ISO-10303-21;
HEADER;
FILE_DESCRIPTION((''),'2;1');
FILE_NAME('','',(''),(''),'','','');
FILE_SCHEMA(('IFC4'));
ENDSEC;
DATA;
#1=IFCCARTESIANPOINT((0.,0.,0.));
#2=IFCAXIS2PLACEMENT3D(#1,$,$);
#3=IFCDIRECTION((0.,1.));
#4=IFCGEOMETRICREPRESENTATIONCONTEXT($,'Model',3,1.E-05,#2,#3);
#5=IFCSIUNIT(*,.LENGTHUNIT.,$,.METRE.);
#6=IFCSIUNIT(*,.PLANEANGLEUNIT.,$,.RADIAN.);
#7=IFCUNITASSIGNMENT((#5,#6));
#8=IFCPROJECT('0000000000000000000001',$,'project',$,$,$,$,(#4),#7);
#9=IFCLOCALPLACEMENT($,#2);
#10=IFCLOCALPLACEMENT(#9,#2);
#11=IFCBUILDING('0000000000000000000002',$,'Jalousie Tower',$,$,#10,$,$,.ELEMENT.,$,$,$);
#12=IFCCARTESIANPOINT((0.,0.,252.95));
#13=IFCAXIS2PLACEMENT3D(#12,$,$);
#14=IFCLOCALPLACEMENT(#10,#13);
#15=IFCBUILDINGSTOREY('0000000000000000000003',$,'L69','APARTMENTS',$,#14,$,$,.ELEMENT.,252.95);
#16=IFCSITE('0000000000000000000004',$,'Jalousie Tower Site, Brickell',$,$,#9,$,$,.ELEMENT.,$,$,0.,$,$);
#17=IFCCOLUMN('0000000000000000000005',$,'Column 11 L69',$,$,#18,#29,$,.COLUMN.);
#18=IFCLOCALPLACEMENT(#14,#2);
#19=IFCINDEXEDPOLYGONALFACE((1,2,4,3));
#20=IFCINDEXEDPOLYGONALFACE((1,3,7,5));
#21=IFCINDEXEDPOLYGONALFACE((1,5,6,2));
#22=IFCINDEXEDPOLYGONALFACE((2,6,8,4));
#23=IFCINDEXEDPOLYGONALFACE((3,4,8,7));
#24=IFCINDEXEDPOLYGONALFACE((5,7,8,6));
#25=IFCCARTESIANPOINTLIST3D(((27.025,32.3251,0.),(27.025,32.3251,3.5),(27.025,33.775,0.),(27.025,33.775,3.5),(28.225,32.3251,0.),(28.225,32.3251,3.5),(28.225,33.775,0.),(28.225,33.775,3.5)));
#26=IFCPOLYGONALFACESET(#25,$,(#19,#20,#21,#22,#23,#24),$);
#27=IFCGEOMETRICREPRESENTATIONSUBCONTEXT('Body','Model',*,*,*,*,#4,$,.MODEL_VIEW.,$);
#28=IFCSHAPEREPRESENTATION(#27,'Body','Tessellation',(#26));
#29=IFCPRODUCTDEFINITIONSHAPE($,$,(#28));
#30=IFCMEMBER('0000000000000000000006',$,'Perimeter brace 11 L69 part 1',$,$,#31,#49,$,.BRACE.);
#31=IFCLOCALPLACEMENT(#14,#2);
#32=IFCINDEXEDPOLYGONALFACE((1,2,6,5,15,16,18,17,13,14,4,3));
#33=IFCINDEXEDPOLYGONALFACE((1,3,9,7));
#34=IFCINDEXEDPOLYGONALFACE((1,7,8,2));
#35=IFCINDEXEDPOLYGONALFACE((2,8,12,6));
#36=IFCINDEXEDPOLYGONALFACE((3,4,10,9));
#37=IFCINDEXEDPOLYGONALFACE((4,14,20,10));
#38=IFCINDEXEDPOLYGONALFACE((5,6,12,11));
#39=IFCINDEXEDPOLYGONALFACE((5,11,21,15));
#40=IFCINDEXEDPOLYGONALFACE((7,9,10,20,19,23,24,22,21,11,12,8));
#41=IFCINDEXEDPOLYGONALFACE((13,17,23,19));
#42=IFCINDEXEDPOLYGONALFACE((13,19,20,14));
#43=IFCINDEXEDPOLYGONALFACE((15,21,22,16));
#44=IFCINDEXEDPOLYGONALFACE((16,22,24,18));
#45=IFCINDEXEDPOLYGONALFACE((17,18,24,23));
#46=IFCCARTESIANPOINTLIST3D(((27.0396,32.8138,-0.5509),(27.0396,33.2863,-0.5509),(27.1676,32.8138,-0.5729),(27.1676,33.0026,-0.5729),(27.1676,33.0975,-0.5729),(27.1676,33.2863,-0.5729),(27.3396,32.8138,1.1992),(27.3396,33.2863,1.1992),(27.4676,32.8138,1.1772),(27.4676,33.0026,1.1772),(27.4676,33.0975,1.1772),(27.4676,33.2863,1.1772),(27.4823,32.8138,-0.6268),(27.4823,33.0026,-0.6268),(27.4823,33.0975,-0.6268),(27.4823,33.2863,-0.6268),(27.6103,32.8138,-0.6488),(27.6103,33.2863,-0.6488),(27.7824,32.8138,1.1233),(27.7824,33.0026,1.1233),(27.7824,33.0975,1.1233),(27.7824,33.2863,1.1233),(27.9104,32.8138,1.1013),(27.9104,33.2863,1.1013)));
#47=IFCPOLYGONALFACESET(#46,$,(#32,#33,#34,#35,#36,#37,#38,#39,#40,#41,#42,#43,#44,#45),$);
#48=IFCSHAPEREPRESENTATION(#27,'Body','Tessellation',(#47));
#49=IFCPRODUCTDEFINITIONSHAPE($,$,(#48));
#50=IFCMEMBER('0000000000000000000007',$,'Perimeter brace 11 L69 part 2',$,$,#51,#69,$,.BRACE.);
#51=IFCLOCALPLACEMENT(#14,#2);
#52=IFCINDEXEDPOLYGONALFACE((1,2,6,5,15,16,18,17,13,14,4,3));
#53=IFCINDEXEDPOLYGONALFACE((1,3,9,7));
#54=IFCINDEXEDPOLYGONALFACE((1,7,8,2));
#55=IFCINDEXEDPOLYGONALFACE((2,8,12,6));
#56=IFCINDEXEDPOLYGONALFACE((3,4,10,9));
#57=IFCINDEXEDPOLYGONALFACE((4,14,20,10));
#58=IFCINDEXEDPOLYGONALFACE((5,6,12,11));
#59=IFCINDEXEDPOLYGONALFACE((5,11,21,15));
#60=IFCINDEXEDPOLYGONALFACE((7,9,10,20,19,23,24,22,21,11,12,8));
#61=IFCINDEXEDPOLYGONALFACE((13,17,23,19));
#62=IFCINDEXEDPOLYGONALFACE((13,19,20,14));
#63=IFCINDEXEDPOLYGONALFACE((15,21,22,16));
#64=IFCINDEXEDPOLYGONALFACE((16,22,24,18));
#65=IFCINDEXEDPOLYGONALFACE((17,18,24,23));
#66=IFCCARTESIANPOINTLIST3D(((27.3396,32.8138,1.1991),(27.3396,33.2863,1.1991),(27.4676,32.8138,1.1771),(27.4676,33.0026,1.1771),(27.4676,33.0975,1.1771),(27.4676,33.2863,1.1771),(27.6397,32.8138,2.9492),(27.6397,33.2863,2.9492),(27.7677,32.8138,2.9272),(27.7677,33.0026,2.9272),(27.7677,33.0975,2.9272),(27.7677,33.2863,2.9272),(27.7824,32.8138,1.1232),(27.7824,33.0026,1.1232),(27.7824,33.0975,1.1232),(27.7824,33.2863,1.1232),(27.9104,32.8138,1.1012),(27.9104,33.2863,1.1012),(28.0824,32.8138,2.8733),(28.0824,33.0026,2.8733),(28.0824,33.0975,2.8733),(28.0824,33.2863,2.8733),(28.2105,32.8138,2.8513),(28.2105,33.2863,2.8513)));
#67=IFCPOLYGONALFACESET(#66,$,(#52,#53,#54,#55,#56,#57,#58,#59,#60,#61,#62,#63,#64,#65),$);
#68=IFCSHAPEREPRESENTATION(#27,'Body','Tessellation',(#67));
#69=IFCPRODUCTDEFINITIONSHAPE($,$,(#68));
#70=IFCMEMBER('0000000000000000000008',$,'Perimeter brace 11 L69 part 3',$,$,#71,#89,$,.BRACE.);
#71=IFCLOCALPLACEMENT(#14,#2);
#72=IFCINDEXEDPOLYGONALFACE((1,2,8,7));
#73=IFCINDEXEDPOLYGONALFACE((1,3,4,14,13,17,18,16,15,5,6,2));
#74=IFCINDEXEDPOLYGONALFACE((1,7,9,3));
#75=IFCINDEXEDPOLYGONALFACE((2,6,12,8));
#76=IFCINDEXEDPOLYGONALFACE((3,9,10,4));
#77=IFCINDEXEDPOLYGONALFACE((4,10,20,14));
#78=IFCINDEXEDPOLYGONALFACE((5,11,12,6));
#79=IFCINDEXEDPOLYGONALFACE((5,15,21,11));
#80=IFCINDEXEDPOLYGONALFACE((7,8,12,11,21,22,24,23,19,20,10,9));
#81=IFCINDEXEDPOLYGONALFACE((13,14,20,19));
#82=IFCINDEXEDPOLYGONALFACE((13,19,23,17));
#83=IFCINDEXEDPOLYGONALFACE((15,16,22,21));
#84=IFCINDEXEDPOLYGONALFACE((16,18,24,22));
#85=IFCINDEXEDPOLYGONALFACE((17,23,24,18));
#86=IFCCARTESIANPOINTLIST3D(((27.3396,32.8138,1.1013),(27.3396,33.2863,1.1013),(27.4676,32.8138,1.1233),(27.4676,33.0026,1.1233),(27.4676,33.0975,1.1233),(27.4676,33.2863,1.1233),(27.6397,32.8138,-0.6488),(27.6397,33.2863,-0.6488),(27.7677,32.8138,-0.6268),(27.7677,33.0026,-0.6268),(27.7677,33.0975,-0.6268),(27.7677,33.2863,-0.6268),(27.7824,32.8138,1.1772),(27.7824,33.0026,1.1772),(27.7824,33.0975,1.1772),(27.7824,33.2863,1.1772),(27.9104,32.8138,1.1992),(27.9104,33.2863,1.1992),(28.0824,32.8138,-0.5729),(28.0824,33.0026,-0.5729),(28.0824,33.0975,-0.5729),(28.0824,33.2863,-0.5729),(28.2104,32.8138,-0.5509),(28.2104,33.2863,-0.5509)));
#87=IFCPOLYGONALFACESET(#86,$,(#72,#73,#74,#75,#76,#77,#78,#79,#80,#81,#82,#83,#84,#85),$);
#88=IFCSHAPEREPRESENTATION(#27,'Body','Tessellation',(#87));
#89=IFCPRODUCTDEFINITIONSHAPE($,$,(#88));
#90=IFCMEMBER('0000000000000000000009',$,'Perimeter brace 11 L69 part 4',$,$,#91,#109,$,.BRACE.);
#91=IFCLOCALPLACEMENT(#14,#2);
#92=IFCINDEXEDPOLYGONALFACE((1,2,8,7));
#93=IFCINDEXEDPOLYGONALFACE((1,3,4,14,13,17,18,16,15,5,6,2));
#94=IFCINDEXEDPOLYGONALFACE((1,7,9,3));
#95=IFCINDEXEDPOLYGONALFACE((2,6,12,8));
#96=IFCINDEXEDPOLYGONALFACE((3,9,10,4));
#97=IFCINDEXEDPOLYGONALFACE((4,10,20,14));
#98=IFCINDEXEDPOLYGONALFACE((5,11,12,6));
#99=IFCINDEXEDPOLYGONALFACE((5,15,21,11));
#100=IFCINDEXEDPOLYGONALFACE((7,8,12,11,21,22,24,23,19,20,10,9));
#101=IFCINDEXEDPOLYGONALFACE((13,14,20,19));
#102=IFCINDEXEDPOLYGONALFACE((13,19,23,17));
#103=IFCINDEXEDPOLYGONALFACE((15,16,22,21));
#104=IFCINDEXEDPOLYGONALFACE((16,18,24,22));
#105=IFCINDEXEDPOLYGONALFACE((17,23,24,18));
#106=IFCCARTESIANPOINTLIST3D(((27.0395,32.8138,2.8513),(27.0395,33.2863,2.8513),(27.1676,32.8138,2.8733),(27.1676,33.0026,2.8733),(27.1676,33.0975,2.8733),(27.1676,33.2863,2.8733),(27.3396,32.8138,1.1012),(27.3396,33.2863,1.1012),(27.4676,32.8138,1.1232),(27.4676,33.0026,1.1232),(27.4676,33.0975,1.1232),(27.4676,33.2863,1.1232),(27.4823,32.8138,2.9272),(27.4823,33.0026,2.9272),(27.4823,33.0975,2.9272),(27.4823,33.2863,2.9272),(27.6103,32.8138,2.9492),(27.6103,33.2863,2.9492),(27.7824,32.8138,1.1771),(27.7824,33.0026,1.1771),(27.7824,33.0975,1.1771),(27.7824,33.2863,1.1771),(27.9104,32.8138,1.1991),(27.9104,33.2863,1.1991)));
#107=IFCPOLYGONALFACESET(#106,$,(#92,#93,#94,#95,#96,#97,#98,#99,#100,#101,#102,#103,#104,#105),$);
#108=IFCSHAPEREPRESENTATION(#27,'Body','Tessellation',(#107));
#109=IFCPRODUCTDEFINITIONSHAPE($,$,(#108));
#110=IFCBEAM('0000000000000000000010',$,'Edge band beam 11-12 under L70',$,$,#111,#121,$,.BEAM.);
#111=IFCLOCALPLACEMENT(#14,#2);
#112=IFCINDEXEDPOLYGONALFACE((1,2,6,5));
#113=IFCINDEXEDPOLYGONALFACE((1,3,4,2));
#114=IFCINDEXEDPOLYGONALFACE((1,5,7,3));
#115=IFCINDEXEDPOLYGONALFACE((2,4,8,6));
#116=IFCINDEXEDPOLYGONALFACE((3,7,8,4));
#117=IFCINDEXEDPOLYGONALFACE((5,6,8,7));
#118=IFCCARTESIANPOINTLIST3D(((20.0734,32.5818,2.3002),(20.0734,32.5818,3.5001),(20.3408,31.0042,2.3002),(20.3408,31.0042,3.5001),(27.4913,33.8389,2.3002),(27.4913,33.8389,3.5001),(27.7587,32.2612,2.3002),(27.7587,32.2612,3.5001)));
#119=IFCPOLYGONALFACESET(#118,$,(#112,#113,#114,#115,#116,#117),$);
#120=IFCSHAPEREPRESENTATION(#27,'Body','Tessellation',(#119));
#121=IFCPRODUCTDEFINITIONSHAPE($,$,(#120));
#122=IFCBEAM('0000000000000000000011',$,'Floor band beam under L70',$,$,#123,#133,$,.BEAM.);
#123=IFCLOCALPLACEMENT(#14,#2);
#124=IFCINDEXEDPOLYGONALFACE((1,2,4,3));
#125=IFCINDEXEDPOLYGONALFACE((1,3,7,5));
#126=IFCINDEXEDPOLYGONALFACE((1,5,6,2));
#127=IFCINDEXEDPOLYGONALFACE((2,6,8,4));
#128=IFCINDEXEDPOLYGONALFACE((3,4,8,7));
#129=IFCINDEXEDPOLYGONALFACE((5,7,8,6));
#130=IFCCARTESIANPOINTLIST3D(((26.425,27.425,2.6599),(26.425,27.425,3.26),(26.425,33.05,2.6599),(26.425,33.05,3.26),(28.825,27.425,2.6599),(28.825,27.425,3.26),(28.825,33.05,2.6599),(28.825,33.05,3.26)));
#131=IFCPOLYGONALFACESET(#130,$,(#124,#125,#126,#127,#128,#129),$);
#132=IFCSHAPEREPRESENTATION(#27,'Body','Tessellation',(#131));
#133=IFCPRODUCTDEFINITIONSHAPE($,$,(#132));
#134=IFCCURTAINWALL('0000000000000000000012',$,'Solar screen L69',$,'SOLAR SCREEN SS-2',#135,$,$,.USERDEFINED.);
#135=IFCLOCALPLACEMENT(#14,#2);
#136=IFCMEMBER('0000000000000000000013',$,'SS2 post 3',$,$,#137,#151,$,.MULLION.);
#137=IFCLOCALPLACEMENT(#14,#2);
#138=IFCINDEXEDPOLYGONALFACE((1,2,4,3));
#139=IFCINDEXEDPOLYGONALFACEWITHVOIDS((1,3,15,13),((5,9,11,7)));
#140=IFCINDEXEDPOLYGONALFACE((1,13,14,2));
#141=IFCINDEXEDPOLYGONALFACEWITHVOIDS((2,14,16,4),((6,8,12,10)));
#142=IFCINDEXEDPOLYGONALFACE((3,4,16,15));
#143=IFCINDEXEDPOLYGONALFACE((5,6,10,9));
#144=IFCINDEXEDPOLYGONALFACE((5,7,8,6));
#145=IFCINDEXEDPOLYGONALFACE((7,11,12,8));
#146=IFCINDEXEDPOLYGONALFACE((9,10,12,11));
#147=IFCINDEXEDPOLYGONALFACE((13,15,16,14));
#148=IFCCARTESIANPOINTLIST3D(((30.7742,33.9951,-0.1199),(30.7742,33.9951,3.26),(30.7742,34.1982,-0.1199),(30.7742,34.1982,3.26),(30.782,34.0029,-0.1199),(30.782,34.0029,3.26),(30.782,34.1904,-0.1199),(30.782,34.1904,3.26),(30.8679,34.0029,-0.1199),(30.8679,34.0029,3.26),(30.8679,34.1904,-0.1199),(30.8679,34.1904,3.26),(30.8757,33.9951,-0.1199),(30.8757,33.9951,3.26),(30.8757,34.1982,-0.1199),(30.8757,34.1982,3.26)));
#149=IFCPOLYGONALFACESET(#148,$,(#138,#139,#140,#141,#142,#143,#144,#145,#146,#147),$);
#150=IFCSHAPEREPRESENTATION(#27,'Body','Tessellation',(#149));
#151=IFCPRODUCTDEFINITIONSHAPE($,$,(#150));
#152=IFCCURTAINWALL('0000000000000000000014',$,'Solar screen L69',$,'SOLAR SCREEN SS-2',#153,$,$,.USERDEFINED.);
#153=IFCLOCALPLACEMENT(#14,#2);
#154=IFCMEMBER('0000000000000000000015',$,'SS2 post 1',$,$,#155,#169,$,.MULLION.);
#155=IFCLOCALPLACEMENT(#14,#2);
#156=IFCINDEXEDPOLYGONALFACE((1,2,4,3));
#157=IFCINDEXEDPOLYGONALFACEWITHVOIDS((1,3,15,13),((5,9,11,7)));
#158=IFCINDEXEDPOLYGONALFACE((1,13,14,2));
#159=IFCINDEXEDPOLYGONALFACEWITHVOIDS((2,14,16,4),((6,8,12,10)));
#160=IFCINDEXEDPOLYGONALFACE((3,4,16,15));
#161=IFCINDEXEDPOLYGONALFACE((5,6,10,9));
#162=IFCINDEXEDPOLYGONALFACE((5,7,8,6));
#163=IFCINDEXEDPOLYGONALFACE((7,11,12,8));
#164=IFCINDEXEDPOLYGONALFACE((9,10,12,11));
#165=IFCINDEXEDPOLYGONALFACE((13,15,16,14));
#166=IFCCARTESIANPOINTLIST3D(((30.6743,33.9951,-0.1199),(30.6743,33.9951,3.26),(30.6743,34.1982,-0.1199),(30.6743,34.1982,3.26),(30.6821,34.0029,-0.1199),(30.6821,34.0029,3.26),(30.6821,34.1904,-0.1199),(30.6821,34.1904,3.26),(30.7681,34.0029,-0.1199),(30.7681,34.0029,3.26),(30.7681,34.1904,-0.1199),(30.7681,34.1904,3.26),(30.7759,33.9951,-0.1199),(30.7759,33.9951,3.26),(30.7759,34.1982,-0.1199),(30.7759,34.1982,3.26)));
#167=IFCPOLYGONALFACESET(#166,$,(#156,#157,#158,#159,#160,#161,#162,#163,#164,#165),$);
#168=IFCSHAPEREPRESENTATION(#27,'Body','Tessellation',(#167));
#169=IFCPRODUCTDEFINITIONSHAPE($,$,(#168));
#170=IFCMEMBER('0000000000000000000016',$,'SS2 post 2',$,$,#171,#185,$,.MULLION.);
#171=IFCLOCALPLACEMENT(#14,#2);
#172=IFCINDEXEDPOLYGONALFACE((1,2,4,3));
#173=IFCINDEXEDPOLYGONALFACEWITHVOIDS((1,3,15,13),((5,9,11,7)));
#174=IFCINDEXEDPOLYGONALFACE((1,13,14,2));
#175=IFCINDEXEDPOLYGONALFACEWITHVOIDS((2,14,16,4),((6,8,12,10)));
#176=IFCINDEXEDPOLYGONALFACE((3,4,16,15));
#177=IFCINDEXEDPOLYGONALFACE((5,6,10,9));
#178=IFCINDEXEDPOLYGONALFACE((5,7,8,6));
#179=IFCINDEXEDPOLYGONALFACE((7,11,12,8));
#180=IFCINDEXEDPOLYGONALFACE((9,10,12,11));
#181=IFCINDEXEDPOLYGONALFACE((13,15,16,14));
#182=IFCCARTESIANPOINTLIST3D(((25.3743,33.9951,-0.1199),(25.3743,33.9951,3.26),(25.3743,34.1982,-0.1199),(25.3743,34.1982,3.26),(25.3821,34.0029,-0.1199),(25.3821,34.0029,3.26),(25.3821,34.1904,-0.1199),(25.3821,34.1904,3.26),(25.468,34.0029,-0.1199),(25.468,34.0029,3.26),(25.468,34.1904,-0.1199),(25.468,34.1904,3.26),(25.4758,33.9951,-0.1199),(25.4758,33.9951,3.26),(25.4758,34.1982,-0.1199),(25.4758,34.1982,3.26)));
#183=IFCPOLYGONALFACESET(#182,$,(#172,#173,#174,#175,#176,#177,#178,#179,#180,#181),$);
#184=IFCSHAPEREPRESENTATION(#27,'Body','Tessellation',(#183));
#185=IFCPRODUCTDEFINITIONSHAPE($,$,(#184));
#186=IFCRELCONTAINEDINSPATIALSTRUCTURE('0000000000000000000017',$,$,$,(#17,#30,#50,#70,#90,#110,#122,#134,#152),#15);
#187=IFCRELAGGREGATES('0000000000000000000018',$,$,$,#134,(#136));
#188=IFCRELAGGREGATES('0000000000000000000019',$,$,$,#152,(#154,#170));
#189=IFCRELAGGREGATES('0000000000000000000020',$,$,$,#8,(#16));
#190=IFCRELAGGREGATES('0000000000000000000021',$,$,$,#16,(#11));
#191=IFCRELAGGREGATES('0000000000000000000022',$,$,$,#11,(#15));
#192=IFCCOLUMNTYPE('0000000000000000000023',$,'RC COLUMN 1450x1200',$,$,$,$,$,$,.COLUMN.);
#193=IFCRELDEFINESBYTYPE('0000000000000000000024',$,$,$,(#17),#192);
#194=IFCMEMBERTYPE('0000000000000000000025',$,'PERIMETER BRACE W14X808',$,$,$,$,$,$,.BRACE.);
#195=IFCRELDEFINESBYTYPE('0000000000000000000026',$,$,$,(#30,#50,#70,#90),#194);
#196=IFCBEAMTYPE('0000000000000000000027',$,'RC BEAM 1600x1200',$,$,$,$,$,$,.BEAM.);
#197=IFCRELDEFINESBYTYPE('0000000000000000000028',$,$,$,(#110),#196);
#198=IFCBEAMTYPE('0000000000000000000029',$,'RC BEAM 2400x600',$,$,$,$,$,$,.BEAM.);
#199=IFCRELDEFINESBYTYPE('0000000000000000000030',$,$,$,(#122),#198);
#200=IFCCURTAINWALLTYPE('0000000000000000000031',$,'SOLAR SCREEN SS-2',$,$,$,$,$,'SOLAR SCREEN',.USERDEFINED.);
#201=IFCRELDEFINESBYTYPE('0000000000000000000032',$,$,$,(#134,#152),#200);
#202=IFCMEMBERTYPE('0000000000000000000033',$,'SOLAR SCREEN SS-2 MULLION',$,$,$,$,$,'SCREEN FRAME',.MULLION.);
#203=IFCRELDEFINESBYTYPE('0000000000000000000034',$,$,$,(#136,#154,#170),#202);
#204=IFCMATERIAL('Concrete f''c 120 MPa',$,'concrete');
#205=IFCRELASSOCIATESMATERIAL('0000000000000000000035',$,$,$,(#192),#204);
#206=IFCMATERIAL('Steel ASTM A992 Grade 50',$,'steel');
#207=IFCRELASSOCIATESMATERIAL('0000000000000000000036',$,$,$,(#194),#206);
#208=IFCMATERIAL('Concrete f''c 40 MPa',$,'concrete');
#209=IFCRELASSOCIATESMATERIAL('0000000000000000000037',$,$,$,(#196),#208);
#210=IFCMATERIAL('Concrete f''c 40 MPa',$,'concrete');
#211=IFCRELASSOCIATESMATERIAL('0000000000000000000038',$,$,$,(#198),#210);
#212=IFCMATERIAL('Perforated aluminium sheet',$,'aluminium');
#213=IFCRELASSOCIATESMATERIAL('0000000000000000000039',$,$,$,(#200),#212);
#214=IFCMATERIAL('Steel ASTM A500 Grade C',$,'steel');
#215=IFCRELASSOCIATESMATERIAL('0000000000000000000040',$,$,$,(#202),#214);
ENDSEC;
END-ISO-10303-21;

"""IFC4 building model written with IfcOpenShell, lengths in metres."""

from ifc_helpers import new_model, si_unit, direction, frame, origin, origin_2d, place, context, subcontext, project, spatial, rectangle, hollow_rectangle, i_section, extrude, material, material_profile, profile_set, type_object, element, aggregate, save


model = new_model("IFC4")

# Units and contexts
model_context = context("Model", 3, precision=1e-05, world=origin(), true_north=direction((0.0, 1.0)))
body_context = subcontext(model_context, "Body", "Model", "MODEL_VIEW")
ifc_project = project(units=[si_unit("LENGTHUNIT", "METRE"), si_unit("PLANEANGLEUNIT", "RADIAN")], contexts=[model_context])

# Site, building, storey
site_placement = place(None, origin())
site = spatial("IfcSite", under=ifc_project, at=site_placement, Name="Jalousie Tower Site, Brickell", CompositionType="ELEMENT", RefElevation=0.0)
building_placement = place(site_placement, origin())
building = spatial("IfcBuilding", under=site, at=building_placement, Name="Jalousie Tower", CompositionType="ELEMENT")
storey_placement = place(building_placement, frame((0.0, 0.0, 252.95)))
storey = spatial("IfcBuildingStorey", under=building, at=storey_placement, Name="L69", Description="APARTMENTS", CompositionType="ELEMENT", Elevation=252.95)

# Column
ifc_material_1 = material(Name="Concrete f'c 120 MPa", Category="concrete")
ifc_material_profile_1 = material_profile(ifc_material_1, rectangle(XDim=1.45, YDim=1.2, at=origin_2d()), Name="RC 1450x1200")
ifc_profile_set_1 = profile_set([ifc_material_profile_1], Name="Concrete f'c 120 MPa")
column_type = type_object("IfcColumnType", Name="RC COLUMN 1450x1200", PredefinedType="COLUMN", material=ifc_profile_set_1)
column_placement = place(storey_placement, frame((27.625, 33.05, 0.0), z_axis=(0.0, 0.0, 1.0), x_axis=(0.0, 1.0, 0.0)))
element("IfcColumn", 1, at=column_placement, inside=storey, type_object=column_type, Name="Column 11 L69", PredefinedType="COLUMN", context=body_context, shape_type="SweptSolid", body=[
    extrude(rectangle(XDim=1.45, YDim=1.2, at=origin_2d()), origin(), (0.0, 0.0, 1.0), 3.5),
])

# Members
ifc_material_2 = material(Name="Steel ASTM A992 Grade 50", Category="steel")
ifc_material_profile_2 = material_profile(ifc_material_2, i_section(OverallWidth=0.4724, OverallDepth=0.5791, WebThickness=0.095, FlangeThickness=0.1299, at=origin_2d()), Name="W14X808")
ifc_profile_set_2 = profile_set([ifc_material_profile_2], Name="Steel ASTM A992 Grade 50")
member_type_1 = type_object("IfcMemberType", Name="PERIMETER BRACE W14X808", PredefinedType="BRACE", material=ifc_profile_set_2)
for number, where, z_axis, x_axis, name in (
    (2, (27.325, 33.05, -0.5999), (0.168991, 0.0, 0.985618), (0.0, 1.0, 0.0), "Perimeter brace 11 L69 part 1"),
    (3, (27.625, 33.05, 1.1501), (0.168991, 0.0, 0.985618), (0.0, 1.0, 0.0), "Perimeter brace 11 L69 part 2"),
    (4, (27.925, 33.05, -0.5999), (-0.168991, 0.0, 0.985618), (0.0, -1.0, 0.0), "Perimeter brace 11 L69 part 3"),
    (5, (27.625, 33.05, 1.1501), (-0.168991, 0.0, 0.985618), (0.0, -1.0, 0.0), "Perimeter brace 11 L69 part 4"),
):
    element("IfcMember", number, at=place(storey_placement, frame(where, z_axis=z_axis, x_axis=x_axis)), inside=storey, type_object=member_type_1, Name=name, PredefinedType="BRACE", context=body_context, shape_type="SweptSolid", body=[
        extrude(i_section(OverallWidth=0.4724, OverallDepth=0.5791, WebThickness=0.095, FlangeThickness=0.1299, at=origin_2d()), origin(), (0.0, 0.0, 1.0), 1.7756),
    ])

# Beams
ifc_material_3 = material(Name="Concrete f'c 40 MPa", Category="concrete")
ifc_material_profile_3 = material_profile(ifc_material_3, rectangle(XDim=1.6001, YDim=1.2, at=origin_2d()), Name="RC 1600x1200")
ifc_profile_set_3 = profile_set([ifc_material_profile_3], Name="Concrete f'c 40 MPa")
beam_type_1 = type_object("IfcBeamType", Name="RC BEAM 1600x1200", PredefinedType="BEAM", material=ifc_profile_set_3)
beam_1_placement = place(storey_placement, frame((27.625, 33.05, 2.9001), z_axis=(-0.985943, -0.167082, 0.0), x_axis=(0.167082, -0.985943, 0.0)))
element("IfcBeam", 6, at=beam_1_placement, inside=storey, type_object=beam_type_1, Name="Edge band beam 11-12 under L70", PredefinedType="BEAM", context=body_context, shape_type="SweptSolid", body=[
    extrude(rectangle(XDim=1.6001, YDim=1.2, at=origin_2d()), origin(), (0.0, 0.0, 1.0), 7.5237),
])
ifc_material_4 = material(Name="Concrete f'c 40 MPa", Category="concrete")
ifc_material_profile_4 = material_profile(ifc_material_4, rectangle(XDim=2.3999, YDim=0.6001, at=origin_2d()), Name="RC 2400x600")
ifc_profile_set_4 = profile_set([ifc_material_profile_4], Name="Concrete f'c 40 MPa")
beam_type_2 = type_object("IfcBeamType", Name="RC BEAM 2400x600", PredefinedType="BEAM", material=ifc_profile_set_4)
beam_2_placement = place(storey_placement, frame((27.625, 33.05, 2.96), z_axis=(0.0, -1.0, 0.0), x_axis=(1.0, 0.0, 0.0)))
element("IfcBeam", 7, at=beam_2_placement, inside=storey, type_object=beam_type_2, Name="Floor band beam under L70", PredefinedType="BEAM", context=body_context, shape_type="SweptSolid", body=[
    extrude(rectangle(XDim=2.3999, YDim=0.6001, at=origin_2d()), origin(), (0.0, 0.0, 1.0), 5.625),
])

# Curtain wall, member
ifc_material_5 = material(Name="Perforated aluminium sheet", Category="aluminium")
curtain_wall_type = type_object("IfcCurtainWallType", Name="SOLAR SCREEN SS-2", ElementType="SOLAR SCREEN", PredefinedType="USERDEFINED", material=ifc_material_5)
curtain_wall_1_placement = place(storey_placement, origin())
curtain_wall_1 = element("IfcCurtainWall", 8, at=curtain_wall_1_placement, inside=storey, type_object=curtain_wall_type, Name="Solar screen L69", ObjectType="SOLAR SCREEN SS-2", PredefinedType="USERDEFINED")
ifc_material_6 = material(Name="Steel ASTM A500 Grade C", Category="steel")
ifc_material_profile_5 = material_profile(ifc_material_6, hollow_rectangle(XDim=0.1016, YDim=0.2031, WallThickness=0.0078, at=origin_2d()), Name="HSS8X4X5/16")
ifc_profile_set_5 = profile_set([ifc_material_profile_5], Name="Steel ASTM A500 Grade C")
member_type_2 = type_object("IfcMemberType", Name="SOLAR SCREEN SS-2 MULLION", ElementType="SCREEN FRAME", PredefinedType="MULLION", material=ifc_profile_set_5)
member_1_placement = place(storey_placement, frame((30.825, 34.0967, -0.1199), z_axis=(0.0, 0.0, 1.0), x_axis=(-1.0, 0.0, 0.0)))
member_1 = element("IfcMember", 9, at=member_1_placement, type_object=member_type_2, Name="SS2 post 3", PredefinedType="MULLION", context=body_context, shape_type="SweptSolid", body=[
    extrude(hollow_rectangle(XDim=0.1016, YDim=0.2031, WallThickness=0.0078, at=origin_2d()), origin(), (0.0, 0.0, 1.0), 3.3799),
])

# Curtain wall, members
curtain_wall_2_placement = place(storey_placement, origin())
curtain_wall_2 = element("IfcCurtainWall", 10, at=curtain_wall_2_placement, inside=storey, type_object=curtain_wall_type, Name="Solar screen L69", ObjectType="SOLAR SCREEN SS-2", PredefinedType="USERDEFINED")
member_2_placement = place(storey_placement, frame((30.7251, 34.0967, -0.1199), z_axis=(0.0, 0.0, 1.0), x_axis=(-1.0, 0.0, 0.0)))
member_2 = element("IfcMember", 11, at=member_2_placement, type_object=member_type_2, Name="SS2 post 1", PredefinedType="MULLION", context=body_context, shape_type="SweptSolid", body=[
    extrude(hollow_rectangle(XDim=0.1016, YDim=0.2031, WallThickness=0.0078, at=origin_2d()), origin(), (0.0, 0.0, 1.0), 3.3799),
])
member_3_placement = place(storey_placement, frame((25.425, 34.0967, -0.1199), z_axis=(0.0, 0.0, 1.0), x_axis=(-1.0, 0.0, 0.0)))
member_3 = element("IfcMember", 12, at=member_3_placement, type_object=member_type_2, Name="SS2 post 2", PredefinedType="MULLION", context=body_context, shape_type="SweptSolid", body=[
    extrude(hollow_rectangle(XDim=0.1016, YDim=0.2031, WallThickness=0.0078, at=origin_2d()), origin(), (0.0, 0.0, 1.0), 3.3799),
])

aggregate(curtain_wall_1, [member_1])
aggregate(curtain_wall_2, [member_2, member_3])

save(model, "model.ifc")
